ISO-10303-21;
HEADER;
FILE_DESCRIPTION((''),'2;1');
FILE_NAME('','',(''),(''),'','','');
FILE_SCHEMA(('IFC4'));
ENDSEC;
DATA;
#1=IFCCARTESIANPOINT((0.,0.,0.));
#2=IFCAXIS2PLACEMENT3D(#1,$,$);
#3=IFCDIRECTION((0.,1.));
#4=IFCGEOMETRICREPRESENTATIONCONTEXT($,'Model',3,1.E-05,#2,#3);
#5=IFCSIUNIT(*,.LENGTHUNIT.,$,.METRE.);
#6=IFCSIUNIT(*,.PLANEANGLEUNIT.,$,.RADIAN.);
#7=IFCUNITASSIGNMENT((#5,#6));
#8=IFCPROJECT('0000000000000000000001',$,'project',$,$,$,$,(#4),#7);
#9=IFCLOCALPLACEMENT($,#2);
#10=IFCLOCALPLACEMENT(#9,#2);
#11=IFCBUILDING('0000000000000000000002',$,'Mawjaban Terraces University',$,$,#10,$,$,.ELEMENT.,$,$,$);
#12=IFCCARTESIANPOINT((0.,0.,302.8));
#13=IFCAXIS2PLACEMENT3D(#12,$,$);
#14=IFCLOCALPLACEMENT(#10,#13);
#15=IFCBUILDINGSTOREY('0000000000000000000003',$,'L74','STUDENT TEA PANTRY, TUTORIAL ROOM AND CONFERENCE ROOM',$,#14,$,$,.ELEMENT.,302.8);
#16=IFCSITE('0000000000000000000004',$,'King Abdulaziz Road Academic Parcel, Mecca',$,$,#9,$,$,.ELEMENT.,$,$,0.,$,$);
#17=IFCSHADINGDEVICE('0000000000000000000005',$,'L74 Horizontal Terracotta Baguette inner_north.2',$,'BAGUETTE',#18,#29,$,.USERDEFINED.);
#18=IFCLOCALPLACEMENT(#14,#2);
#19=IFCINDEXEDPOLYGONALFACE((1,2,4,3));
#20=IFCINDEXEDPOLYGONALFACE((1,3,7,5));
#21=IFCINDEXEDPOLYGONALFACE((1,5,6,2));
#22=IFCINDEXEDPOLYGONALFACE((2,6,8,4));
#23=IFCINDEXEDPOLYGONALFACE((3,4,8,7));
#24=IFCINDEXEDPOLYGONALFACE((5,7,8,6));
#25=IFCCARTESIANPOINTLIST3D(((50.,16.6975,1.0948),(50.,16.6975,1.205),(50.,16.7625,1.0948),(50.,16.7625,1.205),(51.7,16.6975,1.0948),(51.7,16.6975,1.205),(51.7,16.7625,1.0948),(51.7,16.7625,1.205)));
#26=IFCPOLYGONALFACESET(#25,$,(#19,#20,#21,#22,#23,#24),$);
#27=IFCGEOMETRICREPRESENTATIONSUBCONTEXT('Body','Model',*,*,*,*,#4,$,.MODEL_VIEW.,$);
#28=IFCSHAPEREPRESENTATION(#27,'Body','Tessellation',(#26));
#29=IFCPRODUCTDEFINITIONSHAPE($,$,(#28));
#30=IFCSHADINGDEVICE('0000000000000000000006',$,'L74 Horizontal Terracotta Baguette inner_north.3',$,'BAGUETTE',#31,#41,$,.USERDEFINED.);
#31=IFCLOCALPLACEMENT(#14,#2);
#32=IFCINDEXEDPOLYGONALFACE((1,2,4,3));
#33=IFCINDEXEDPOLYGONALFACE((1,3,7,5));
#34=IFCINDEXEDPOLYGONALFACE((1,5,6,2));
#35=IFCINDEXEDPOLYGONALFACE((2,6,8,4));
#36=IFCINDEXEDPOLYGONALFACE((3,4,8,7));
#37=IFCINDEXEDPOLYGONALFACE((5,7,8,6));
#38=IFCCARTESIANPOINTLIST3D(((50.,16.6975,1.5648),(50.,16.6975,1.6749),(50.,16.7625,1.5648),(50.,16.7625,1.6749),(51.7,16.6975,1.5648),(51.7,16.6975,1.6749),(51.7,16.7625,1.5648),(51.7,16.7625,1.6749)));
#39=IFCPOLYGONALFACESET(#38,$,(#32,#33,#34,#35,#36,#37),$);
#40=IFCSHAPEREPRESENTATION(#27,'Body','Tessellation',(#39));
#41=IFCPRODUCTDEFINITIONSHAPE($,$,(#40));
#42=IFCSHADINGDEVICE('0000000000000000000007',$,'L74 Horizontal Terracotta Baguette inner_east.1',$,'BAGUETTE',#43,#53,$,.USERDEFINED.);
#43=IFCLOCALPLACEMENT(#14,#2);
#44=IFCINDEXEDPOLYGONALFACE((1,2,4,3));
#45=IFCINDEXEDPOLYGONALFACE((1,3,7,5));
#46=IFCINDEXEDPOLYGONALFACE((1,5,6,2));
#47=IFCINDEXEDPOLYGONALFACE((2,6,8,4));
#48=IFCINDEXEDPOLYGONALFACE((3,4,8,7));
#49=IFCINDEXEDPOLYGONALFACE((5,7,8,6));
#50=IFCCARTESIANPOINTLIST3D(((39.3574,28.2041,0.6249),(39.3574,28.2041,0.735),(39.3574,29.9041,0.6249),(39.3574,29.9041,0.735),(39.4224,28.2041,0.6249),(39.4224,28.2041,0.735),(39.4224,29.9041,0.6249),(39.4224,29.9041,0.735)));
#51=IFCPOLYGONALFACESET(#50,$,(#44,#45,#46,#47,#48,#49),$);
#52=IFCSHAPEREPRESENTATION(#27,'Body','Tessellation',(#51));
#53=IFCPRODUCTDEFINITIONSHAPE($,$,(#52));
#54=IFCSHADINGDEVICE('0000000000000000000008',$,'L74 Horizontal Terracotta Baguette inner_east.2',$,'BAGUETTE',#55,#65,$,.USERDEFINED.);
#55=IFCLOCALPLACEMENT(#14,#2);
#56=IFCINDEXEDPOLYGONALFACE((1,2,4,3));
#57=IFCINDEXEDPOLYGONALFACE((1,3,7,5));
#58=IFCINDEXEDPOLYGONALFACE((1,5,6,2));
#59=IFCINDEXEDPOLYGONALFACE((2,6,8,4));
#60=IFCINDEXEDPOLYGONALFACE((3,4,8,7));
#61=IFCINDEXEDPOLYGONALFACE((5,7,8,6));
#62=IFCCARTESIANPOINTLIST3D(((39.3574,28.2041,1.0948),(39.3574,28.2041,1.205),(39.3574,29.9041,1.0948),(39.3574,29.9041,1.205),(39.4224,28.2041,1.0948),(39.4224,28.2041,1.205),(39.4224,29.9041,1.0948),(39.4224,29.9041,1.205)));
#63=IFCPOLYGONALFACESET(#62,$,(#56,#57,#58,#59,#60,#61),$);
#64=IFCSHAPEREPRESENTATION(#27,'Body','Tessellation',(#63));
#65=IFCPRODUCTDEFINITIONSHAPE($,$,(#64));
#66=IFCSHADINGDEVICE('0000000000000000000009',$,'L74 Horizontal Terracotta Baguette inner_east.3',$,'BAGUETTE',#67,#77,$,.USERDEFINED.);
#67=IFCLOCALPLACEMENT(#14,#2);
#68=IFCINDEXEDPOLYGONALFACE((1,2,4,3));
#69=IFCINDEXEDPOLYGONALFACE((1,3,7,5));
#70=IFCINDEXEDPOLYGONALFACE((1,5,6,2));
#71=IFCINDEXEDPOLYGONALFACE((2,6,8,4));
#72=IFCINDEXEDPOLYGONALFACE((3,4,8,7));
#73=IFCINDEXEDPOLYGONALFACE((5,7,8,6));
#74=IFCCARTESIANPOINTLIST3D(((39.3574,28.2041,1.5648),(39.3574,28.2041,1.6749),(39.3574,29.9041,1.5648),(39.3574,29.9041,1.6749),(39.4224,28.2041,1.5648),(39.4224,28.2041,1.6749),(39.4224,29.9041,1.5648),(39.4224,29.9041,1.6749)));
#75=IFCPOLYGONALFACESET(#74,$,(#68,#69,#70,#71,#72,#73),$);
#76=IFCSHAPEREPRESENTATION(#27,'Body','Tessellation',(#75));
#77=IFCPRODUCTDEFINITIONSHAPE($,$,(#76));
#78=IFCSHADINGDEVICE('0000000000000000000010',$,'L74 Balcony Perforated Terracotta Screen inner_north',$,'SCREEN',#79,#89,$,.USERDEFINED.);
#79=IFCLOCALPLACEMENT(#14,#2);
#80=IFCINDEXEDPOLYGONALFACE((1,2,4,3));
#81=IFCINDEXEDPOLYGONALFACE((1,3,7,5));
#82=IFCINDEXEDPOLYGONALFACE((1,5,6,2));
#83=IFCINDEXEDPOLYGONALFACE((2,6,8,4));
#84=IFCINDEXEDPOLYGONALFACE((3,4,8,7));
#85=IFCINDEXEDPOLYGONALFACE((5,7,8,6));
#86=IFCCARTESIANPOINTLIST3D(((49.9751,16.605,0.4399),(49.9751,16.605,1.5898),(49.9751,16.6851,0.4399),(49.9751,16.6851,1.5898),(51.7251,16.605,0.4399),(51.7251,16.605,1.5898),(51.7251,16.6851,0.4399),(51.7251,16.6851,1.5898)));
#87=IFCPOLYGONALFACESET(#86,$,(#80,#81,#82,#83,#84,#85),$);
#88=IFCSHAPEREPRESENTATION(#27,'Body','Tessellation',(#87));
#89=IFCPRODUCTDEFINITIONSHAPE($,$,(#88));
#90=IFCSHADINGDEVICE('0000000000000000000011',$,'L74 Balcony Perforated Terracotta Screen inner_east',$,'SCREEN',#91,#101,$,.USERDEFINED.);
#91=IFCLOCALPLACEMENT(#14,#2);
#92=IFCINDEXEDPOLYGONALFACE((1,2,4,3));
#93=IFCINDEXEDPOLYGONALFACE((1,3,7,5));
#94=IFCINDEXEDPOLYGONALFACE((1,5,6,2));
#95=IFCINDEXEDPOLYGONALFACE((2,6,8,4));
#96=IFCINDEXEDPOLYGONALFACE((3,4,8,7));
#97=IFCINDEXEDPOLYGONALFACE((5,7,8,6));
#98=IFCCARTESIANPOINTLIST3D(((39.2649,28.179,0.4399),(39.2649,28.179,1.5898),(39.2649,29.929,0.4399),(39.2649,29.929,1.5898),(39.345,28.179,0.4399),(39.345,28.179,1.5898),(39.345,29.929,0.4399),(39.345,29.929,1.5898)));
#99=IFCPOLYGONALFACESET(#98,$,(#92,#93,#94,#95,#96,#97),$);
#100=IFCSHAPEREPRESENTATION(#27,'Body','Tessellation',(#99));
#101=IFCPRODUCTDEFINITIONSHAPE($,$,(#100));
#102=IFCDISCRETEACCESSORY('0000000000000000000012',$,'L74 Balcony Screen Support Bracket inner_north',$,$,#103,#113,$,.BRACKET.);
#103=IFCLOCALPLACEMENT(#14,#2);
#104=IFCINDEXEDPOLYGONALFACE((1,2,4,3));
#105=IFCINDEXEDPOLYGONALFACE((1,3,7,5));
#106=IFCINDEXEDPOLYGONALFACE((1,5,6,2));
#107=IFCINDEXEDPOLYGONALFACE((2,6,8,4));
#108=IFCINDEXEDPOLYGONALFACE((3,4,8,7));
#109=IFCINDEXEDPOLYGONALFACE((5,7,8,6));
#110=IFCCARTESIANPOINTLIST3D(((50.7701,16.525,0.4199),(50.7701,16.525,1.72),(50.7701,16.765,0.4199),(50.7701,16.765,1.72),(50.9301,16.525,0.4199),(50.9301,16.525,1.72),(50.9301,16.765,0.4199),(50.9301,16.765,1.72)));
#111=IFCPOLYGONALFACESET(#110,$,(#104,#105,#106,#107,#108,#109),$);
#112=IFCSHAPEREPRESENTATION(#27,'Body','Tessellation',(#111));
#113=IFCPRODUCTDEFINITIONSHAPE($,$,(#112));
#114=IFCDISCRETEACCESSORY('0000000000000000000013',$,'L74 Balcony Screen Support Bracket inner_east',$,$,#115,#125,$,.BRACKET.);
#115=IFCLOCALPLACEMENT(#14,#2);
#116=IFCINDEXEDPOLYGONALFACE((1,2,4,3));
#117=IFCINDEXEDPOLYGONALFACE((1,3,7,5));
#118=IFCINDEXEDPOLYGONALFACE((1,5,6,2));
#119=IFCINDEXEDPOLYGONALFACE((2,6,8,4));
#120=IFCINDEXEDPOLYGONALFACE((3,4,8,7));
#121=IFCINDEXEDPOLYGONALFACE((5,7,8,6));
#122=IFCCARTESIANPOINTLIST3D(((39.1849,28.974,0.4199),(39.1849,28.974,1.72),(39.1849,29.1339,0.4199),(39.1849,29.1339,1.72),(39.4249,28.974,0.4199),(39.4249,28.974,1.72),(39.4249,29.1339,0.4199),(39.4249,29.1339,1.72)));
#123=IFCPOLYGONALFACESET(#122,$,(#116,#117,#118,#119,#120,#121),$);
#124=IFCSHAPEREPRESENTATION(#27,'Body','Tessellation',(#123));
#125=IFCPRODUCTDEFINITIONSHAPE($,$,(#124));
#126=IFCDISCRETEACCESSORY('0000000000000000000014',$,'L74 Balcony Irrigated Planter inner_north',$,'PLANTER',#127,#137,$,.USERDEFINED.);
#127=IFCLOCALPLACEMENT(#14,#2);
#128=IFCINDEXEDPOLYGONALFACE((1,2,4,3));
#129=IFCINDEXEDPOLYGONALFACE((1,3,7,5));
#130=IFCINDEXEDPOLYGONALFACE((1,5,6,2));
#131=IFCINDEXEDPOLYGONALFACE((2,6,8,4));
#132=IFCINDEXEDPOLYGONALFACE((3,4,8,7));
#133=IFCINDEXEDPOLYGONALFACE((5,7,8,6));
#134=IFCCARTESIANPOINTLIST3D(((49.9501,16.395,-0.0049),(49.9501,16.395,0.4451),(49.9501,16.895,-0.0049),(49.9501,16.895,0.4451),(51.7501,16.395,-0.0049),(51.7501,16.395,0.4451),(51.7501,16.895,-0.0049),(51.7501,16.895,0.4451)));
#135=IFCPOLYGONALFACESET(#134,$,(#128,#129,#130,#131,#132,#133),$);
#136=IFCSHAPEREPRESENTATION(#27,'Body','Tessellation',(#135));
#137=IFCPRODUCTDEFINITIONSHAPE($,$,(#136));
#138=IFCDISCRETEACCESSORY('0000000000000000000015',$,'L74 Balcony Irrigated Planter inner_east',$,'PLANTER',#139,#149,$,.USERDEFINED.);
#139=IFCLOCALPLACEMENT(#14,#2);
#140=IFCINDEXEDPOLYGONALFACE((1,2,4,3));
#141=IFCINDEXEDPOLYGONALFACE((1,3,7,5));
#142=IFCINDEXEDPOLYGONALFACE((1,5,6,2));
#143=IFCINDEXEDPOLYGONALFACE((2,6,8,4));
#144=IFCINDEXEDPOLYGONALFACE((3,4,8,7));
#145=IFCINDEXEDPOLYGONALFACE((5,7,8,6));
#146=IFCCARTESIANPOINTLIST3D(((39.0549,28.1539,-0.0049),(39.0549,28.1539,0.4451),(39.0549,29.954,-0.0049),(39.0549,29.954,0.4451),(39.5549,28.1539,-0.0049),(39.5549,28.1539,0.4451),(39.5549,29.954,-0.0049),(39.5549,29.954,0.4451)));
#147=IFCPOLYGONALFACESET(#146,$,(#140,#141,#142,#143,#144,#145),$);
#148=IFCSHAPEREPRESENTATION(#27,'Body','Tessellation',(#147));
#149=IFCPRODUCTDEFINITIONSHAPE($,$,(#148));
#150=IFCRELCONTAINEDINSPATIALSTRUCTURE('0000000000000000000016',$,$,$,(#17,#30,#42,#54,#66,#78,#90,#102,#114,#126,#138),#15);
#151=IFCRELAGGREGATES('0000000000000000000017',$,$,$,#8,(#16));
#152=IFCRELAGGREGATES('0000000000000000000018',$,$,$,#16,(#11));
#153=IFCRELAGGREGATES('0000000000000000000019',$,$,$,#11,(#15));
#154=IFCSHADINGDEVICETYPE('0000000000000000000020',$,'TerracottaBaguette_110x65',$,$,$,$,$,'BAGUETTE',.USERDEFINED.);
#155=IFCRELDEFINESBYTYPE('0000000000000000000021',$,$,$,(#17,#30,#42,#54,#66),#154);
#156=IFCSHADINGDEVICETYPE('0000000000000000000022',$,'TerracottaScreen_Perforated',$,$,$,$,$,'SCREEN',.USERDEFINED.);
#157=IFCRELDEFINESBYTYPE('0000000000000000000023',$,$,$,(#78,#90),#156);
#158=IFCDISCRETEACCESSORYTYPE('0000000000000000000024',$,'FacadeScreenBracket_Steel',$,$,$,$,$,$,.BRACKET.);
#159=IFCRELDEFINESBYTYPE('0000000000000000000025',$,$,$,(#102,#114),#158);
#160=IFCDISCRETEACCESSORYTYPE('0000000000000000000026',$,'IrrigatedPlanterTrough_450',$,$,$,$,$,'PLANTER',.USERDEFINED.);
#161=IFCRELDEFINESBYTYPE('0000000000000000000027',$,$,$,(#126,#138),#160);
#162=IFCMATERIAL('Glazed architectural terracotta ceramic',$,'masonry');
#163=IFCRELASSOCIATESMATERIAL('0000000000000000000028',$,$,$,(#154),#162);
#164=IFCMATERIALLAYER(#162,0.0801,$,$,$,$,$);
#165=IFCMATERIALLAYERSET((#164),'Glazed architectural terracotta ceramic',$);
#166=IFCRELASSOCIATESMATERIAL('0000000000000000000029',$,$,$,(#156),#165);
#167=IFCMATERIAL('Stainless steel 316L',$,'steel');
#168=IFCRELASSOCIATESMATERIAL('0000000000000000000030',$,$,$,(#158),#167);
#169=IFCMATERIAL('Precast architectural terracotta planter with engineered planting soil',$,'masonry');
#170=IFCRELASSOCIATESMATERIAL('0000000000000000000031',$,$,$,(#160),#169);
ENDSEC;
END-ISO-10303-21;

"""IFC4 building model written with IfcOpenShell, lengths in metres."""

from ifc_helpers import new_model, si_unit, direction, frame, origin, origin_2d, place, context, subcontext, project, spatial, rectangle, extrude, material, layer, layer_set, material_profile, profile_set, type_object, element, save


model = new_model("IFC4")

# Units and contexts
model_context = context("Model", 3, precision=1e-05, world=origin(), true_north=direction((0.0, 1.0)))
body_context = subcontext(model_context, "Body", "Model", "MODEL_VIEW")
ifc_project = project(units=[si_unit("LENGTHUNIT", "METRE"), si_unit("PLANEANGLEUNIT", "RADIAN")], contexts=[model_context])

# Site, building, storey
site_placement = place(None, origin())
site = spatial("IfcSite", under=ifc_project, at=site_placement, Name="King Abdulaziz Road Academic Parcel, Mecca", CompositionType="ELEMENT", RefElevation=0.0)
building_placement = place(site_placement, origin())
building = spatial("IfcBuilding", under=site, at=building_placement, Name="Mawjaban Terraces University", CompositionType="ELEMENT")
storey_placement = place(building_placement, frame((0.0, 0.0, 302.8)))
storey = spatial("IfcBuildingStorey", under=building, at=storey_placement, Name="L74", Description="STUDENT TEA PANTRY, TUTORIAL ROOM AND CONFERENCE ROOM", CompositionType="ELEMENT", Elevation=302.8)

# Shading devices
ifc_material_1 = material(Name="Glazed architectural terracotta ceramic", Category="masonry")
ifc_material_profile_1 = material_profile(ifc_material_1, rectangle(XDim=0.0649, YDim=0.1101, at=origin_2d()), Name="TBAG110X65")
ifc_profile_set_1 = profile_set([ifc_material_profile_1], Name="Glazed architectural terracotta ceramic")
shading_device_type_1 = type_object("IfcShadingDeviceType", Name="TerracottaBaguette_110x65", ElementType="BAGUETTE", PredefinedType="USERDEFINED", material=ifc_profile_set_1)
for number, where, z_axis, x_axis, name in (
    (1, (50.0, 16.73, 1.1499), (1.0, 0.0, 0.0), (0.0, 1.0, 0.0), "L74 Horizontal Terracotta Baguette inner_north.2"),
    (2, (50.0, 16.73, 1.6199), (1.0, 0.0, 0.0), (0.0, 1.0, 0.0), "L74 Horizontal Terracotta Baguette inner_north.3"),
    (3, (39.3899, 28.2041, 0.6799), (0.0, 1.0, 0.0), (-1.0, 0.0, 0.0), "L74 Horizontal Terracotta Baguette inner_east.1"),
    (4, (39.3899, 28.2041, 1.1499), (0.0, 1.0, 0.0), (-1.0, 0.0, 0.0), "L74 Horizontal Terracotta Baguette inner_east.2"),
    (5, (39.3899, 28.2041, 1.6199), (0.0, 1.0, 0.0), (-1.0, 0.0, 0.0), "L74 Horizontal Terracotta Baguette inner_east.3"),
):
    element("IfcShadingDevice", number, at=place(storey_placement, frame(where, z_axis=z_axis, x_axis=x_axis)), inside=storey, type_object=shading_device_type_1, Name=name, ObjectType="BAGUETTE", PredefinedType="USERDEFINED", context=body_context, shape_type="SweptSolid", body=[
        extrude(rectangle(XDim=0.0649, YDim=0.1101, at=origin_2d()), origin(), (0.0, 0.0, 1.0), 1.7),
    ])
ifc_layer_1 = layer(ifc_material_1, 0.0801)
ifc_layer_set_1 = layer_set([ifc_layer_1], Name="Glazed architectural terracotta ceramic")
shading_device_type_2 = type_object("IfcShadingDeviceType", Name="TerracottaScreen_Perforated", ElementType="SCREEN", PredefinedType="USERDEFINED", material=ifc_layer_set_1)
for number, where, z_axis, x_axis, name in (
    (6, (50.8501, 16.645, 0.4399), (0.0, 0.0, 1.0), (1.0, 0.0, 0.0), "L74 Balcony Perforated Terracotta Screen inner_north"),
    (7, (39.3049, 29.054, 0.4399), (0.0, 0.0, 1.0), (0.0, 1.0, 0.0), "L74 Balcony Perforated Terracotta Screen inner_east"),
):
    element("IfcShadingDevice", number, at=place(storey_placement, frame(where, z_axis=z_axis, x_axis=x_axis)), inside=storey, type_object=shading_device_type_2, Name=name, ObjectType="SCREEN", PredefinedType="USERDEFINED", context=body_context, shape_type="SweptSolid", body=[
        extrude(rectangle(XDim=1.75, YDim=0.0801, at=origin_2d()), origin(), (0.0, 0.0, 1.0), 1.1499),
    ])

# Discrete accessories
ifc_material_2 = material(Name="Stainless steel 316L", Category="steel")
discrete_accessory_type_1 = type_object("IfcDiscreteAccessoryType", Name="FacadeScreenBracket_Steel", PredefinedType="BRACKET", material=ifc_material_2)
for number, where, z_axis, x_axis, name in (
    (8, (50.8501, 16.645, 0.4199), (0.0, 0.0, 1.0), (1.0, 0.0, 0.0), "L74 Balcony Screen Support Bracket inner_north"),
    (9, (39.3049, 29.054, 0.4199), (0.0, 0.0, 1.0), (0.0, 1.0, 0.0), "L74 Balcony Screen Support Bracket inner_east"),
):
    element("IfcDiscreteAccessory", number, at=place(storey_placement, frame(where, z_axis=z_axis, x_axis=x_axis)), inside=storey, type_object=discrete_accessory_type_1, Name=name, PredefinedType="BRACKET", context=body_context, shape_type="SweptSolid", body=[
        extrude(rectangle(XDim=0.1599, YDim=0.24, at=origin_2d()), origin(), (0.0, 0.0, 1.0), 1.3),
    ])
ifc_material_3 = material(Name="Precast architectural terracotta planter with engineered planting soil", Category="masonry")
discrete_accessory_type_2 = type_object("IfcDiscreteAccessoryType", Name="IrrigatedPlanterTrough_450", ElementType="PLANTER", PredefinedType="USERDEFINED", material=ifc_material_3)
for number, where, z_axis, x_axis, name in (
    (10, (50.8501, 16.645, -0.0049), (0.0, 0.0, 1.0), (1.0, 0.0, 0.0), "L74 Balcony Irrigated Planter inner_north"),
    (11, (39.3049, 29.054, -0.0049), (0.0, 0.0, 1.0), (0.0, 1.0, 0.0), "L74 Balcony Irrigated Planter inner_east"),
):
    element("IfcDiscreteAccessory", number, at=place(storey_placement, frame(where, z_axis=z_axis, x_axis=x_axis)), inside=storey, type_object=discrete_accessory_type_2, Name=name, ObjectType="PLANTER", PredefinedType="USERDEFINED", context=body_context, shape_type="SweptSolid", body=[
        extrude(rectangle(XDim=1.8, YDim=0.5, at=origin_2d()), origin(), (0.0, 0.0, 1.0), 0.45),
    ])

save(model, "model.ifc")
